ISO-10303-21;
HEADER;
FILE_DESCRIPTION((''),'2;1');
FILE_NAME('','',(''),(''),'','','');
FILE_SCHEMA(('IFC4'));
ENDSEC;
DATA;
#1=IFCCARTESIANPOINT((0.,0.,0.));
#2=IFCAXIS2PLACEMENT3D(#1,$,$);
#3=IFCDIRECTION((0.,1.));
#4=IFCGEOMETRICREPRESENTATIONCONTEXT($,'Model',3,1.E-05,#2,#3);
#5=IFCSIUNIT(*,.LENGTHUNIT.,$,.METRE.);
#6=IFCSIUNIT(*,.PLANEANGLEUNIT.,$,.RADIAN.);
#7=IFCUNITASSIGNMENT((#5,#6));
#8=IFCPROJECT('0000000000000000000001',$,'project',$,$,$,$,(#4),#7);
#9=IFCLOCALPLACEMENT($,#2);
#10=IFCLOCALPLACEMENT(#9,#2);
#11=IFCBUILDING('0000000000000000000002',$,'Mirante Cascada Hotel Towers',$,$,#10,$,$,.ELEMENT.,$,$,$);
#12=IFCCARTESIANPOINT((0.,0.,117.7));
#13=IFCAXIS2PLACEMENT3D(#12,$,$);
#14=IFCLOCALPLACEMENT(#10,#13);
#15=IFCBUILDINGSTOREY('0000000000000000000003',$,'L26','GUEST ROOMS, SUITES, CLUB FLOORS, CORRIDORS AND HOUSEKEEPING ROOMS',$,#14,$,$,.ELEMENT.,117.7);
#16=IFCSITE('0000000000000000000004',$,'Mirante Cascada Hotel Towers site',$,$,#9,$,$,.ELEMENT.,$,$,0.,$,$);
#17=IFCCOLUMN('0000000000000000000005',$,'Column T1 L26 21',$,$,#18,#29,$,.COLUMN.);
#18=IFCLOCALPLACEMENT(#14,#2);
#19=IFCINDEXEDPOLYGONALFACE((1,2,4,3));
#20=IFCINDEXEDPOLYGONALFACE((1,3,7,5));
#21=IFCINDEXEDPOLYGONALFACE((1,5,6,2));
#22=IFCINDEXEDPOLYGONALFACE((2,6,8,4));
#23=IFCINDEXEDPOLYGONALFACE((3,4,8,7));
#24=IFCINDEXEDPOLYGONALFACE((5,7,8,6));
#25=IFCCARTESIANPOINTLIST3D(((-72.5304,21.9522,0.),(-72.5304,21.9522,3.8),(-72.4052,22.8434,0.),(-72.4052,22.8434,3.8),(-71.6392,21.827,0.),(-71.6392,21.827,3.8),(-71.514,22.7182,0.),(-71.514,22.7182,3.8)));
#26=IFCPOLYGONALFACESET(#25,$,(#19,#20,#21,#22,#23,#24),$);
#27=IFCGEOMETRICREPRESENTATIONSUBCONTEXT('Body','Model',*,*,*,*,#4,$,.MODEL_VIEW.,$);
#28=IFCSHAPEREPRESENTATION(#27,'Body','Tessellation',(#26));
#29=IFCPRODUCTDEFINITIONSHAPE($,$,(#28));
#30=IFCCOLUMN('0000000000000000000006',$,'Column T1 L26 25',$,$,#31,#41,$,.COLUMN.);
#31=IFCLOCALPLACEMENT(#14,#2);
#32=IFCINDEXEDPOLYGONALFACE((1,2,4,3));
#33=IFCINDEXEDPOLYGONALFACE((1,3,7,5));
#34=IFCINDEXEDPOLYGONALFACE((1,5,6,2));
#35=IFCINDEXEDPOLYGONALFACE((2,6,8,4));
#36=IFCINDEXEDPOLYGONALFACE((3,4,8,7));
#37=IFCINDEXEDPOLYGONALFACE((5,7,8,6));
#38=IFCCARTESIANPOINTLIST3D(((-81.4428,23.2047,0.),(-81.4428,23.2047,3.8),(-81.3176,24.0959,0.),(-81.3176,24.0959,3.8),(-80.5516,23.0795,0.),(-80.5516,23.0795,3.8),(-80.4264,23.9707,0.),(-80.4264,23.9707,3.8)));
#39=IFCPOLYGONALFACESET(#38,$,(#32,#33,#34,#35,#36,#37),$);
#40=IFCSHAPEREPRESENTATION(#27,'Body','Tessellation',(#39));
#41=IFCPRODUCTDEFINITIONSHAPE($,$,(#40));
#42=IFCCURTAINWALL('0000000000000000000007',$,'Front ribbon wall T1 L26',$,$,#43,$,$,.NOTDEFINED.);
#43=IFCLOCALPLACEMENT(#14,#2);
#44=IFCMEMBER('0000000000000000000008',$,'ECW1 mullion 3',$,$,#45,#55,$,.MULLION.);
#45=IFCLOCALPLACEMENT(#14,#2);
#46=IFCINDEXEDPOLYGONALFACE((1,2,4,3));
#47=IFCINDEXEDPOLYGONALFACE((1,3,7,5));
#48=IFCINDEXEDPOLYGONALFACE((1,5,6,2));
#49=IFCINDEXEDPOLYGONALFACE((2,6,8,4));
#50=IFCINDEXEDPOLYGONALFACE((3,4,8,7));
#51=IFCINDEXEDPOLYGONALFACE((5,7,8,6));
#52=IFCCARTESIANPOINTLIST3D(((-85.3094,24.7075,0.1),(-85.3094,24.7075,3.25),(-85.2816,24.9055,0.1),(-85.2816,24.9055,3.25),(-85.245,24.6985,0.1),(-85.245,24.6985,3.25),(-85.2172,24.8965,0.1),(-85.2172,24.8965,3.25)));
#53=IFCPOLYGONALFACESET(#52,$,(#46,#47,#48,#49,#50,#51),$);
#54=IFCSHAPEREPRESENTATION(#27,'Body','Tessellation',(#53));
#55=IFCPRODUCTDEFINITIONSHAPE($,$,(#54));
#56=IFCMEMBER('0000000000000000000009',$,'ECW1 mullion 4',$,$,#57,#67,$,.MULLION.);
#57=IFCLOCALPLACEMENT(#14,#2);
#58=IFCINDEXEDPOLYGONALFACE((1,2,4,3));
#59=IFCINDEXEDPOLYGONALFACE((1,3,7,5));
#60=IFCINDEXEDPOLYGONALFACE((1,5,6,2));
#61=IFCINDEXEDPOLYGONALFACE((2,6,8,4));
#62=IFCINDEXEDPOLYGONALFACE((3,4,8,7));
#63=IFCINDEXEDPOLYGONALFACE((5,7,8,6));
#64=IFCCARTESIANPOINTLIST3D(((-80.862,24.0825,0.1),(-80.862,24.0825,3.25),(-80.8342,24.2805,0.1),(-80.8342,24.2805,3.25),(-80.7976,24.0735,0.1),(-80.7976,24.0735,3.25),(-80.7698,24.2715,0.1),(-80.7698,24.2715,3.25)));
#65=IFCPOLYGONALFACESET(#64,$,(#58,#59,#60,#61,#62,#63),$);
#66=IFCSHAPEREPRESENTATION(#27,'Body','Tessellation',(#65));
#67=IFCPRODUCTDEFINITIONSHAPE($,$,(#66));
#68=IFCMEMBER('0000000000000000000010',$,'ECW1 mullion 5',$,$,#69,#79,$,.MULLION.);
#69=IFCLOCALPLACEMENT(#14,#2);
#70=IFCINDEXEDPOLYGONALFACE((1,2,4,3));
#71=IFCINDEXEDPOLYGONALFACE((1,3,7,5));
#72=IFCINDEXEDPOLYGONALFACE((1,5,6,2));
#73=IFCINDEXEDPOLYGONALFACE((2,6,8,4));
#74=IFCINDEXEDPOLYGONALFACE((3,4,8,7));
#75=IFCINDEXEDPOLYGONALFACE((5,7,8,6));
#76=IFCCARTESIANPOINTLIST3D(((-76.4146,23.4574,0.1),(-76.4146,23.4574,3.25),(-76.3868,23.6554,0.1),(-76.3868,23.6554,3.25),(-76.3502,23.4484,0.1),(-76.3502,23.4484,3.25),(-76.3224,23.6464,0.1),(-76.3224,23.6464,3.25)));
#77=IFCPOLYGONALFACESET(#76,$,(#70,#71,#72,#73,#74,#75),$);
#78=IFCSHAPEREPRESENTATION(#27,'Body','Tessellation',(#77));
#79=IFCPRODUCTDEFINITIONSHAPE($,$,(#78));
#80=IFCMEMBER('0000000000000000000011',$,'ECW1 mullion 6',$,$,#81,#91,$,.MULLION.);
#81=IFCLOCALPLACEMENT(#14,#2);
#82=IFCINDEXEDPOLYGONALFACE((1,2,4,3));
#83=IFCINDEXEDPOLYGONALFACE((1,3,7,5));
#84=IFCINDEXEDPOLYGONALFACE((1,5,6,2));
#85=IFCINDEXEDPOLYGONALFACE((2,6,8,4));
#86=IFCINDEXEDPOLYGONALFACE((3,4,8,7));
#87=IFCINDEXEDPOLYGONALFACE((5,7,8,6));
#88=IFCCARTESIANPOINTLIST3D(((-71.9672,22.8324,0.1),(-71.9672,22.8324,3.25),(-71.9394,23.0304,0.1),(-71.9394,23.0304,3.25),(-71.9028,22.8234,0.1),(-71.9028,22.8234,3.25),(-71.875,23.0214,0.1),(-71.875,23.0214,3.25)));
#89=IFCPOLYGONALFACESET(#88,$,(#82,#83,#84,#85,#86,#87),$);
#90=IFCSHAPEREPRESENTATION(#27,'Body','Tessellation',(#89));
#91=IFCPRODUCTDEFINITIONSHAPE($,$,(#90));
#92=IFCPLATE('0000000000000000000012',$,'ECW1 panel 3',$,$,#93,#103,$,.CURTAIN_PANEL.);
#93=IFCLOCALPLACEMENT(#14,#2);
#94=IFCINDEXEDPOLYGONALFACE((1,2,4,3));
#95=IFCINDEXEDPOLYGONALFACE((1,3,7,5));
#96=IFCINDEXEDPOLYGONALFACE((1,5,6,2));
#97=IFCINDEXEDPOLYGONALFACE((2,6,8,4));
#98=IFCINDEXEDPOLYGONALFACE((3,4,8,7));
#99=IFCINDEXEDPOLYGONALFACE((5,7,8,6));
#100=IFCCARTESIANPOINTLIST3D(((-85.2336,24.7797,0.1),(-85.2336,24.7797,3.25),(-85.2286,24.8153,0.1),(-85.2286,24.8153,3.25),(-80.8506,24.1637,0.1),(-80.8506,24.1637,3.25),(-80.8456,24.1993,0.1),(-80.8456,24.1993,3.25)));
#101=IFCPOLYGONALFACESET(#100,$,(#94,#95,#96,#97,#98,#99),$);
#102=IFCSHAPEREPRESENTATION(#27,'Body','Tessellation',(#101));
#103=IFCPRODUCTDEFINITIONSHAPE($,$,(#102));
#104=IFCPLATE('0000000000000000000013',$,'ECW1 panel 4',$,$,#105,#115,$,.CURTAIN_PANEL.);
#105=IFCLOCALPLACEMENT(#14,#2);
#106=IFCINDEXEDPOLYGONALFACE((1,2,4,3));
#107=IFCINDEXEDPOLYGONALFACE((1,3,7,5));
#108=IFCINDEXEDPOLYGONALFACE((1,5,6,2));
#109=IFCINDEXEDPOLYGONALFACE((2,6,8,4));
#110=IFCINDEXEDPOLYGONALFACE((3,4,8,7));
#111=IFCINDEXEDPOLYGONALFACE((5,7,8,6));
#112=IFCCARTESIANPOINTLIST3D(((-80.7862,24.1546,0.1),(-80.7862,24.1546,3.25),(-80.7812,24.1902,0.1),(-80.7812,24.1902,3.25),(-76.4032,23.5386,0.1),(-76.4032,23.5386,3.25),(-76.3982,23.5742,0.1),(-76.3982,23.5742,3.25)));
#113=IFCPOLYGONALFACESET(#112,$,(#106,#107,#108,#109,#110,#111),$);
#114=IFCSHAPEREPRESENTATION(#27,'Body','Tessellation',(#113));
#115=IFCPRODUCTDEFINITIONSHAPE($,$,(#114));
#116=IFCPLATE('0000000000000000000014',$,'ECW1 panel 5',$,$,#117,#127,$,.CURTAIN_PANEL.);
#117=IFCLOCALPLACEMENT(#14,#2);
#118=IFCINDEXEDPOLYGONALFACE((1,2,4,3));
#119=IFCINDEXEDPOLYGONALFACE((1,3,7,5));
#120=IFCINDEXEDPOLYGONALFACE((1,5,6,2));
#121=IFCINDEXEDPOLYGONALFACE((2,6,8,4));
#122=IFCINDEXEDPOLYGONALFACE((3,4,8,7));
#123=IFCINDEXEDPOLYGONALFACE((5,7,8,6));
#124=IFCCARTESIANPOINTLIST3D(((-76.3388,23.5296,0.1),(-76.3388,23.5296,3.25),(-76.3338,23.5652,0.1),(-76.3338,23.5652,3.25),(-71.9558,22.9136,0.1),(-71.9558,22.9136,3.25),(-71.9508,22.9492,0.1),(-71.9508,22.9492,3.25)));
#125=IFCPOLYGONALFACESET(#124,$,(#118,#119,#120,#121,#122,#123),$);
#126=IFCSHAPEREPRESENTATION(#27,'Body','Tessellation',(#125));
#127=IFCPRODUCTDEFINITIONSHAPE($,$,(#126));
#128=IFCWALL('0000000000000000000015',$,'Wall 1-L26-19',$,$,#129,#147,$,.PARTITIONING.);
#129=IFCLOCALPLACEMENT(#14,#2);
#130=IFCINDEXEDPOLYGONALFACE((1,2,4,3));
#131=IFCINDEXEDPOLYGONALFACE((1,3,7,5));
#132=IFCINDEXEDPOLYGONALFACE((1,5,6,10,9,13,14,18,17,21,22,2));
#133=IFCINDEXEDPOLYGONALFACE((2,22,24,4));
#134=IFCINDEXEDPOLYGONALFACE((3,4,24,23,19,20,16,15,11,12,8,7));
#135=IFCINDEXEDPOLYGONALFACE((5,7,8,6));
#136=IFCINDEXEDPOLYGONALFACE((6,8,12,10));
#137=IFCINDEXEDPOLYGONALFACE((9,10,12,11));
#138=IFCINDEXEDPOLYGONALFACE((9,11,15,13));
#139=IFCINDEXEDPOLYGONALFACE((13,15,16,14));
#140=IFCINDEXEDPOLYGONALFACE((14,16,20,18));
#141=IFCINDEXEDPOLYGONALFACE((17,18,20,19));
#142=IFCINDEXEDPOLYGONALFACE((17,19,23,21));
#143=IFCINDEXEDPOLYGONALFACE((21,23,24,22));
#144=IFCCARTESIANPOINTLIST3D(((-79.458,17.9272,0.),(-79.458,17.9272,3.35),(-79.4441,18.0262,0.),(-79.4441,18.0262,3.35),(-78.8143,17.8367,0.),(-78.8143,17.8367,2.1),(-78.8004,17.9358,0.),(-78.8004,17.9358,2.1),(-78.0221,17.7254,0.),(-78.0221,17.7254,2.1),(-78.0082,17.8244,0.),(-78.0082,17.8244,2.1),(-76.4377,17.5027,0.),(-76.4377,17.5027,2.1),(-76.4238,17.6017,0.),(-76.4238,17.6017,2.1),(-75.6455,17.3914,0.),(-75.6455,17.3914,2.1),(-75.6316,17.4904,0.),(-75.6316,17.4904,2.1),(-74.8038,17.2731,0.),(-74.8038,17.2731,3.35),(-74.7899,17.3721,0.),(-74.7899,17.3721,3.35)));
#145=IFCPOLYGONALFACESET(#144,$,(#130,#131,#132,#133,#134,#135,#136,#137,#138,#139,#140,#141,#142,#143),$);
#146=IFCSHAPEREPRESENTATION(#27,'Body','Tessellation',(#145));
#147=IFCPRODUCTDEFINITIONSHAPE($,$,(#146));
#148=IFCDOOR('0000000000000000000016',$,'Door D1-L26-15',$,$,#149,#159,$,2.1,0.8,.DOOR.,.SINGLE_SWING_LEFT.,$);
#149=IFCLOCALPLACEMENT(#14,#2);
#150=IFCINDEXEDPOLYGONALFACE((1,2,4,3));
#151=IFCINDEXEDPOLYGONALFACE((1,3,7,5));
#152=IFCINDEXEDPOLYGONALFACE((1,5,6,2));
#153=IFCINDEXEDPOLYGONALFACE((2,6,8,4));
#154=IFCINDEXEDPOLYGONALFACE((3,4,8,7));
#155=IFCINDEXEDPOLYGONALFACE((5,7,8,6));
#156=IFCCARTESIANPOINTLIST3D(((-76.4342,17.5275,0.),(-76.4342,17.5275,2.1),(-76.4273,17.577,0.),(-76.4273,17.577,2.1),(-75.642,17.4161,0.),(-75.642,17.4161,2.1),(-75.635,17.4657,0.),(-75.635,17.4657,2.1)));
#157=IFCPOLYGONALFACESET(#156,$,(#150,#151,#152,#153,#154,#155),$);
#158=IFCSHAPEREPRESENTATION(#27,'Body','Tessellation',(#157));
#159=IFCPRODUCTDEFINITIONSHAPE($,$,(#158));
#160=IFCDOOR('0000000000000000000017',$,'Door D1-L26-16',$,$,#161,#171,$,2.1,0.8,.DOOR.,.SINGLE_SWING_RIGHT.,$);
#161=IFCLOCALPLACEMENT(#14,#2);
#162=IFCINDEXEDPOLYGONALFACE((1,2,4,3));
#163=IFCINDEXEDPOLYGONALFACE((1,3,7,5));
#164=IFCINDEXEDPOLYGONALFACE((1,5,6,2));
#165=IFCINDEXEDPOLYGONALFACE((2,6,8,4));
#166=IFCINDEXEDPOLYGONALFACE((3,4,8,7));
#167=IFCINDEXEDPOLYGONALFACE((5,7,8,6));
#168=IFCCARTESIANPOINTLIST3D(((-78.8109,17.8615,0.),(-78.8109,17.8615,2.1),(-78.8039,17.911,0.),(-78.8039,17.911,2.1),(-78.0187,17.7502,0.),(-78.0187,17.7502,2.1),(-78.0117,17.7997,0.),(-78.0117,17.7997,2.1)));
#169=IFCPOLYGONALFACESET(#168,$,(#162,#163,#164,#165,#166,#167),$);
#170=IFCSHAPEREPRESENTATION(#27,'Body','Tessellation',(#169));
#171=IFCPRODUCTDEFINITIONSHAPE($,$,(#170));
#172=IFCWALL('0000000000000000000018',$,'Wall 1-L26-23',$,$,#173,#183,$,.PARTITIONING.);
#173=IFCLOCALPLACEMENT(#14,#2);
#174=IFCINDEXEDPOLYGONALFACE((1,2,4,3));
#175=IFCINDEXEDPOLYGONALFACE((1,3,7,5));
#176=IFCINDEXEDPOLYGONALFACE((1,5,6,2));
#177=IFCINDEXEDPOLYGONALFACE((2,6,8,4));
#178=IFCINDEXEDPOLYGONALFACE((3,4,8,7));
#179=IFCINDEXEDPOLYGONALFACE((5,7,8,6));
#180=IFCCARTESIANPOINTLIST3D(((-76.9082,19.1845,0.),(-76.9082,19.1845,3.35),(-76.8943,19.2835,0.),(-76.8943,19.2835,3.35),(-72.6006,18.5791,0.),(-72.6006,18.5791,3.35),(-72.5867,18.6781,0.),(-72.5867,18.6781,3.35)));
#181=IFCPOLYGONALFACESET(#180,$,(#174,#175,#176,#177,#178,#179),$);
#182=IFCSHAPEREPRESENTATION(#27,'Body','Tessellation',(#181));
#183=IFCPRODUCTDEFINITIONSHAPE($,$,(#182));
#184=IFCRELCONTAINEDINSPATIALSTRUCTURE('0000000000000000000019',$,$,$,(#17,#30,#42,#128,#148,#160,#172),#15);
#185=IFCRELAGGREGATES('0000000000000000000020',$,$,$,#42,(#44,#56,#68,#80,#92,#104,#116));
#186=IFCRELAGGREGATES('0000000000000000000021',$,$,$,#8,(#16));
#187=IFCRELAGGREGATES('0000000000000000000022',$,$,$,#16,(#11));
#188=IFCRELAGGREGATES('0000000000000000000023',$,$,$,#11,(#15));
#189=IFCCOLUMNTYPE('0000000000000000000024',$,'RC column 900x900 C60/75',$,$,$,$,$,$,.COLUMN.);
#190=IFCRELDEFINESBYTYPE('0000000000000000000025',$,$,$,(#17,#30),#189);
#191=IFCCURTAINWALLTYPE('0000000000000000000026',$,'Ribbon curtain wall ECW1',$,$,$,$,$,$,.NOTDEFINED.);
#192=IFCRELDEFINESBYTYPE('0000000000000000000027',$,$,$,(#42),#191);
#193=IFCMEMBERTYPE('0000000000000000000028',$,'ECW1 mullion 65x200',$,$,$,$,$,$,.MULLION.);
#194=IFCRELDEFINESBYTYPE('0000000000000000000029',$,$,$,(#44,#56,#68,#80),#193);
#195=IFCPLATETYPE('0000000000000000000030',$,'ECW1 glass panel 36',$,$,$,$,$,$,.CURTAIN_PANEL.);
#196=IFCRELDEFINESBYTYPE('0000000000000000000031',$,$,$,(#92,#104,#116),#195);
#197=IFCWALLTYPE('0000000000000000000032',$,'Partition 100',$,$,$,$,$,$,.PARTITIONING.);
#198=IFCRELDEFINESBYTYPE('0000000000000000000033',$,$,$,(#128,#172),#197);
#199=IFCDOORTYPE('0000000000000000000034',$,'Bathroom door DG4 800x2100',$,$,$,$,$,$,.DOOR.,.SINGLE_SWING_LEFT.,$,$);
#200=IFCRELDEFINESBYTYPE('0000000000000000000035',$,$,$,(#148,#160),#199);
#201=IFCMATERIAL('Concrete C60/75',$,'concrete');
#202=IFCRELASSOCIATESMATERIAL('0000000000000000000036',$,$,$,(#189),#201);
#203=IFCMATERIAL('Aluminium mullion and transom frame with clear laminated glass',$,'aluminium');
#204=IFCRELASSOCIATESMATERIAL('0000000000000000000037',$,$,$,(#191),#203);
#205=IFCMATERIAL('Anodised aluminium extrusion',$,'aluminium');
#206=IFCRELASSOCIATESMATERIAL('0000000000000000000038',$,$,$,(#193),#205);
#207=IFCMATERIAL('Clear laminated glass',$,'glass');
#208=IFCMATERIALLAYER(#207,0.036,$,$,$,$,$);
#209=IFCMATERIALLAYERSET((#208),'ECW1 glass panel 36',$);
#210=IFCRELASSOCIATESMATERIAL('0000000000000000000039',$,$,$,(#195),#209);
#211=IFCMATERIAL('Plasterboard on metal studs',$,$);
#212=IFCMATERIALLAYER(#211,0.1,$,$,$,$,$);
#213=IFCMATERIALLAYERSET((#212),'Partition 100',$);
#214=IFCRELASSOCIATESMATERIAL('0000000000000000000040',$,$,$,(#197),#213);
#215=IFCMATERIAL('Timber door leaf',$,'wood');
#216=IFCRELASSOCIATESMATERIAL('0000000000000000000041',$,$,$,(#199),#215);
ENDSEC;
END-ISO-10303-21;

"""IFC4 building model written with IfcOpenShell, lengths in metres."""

from ifc_helpers import new_model, si_unit, direction, frame, frame_2d, origin, origin_2d, place, context, subcontext, project, spatial, rectangle, extrude, material, layer, layer_set, material_profile, profile_set, type_object, element, fill, aggregate, save


model = new_model("IFC4")

# Units and contexts
model_context = context("Model", 3, precision=1e-05, world=origin(), true_north=direction((0.0, 1.0)))
body_context = subcontext(model_context, "Body", "Model", "MODEL_VIEW")
ifc_project = project(units=[si_unit("LENGTHUNIT", "METRE"), si_unit("PLANEANGLEUNIT", "RADIAN")], contexts=[model_context])

# Site, building, storey
site_placement = place(None, origin())
site = spatial("IfcSite", under=ifc_project, at=site_placement, Name="Mirante Cascada Hotel Towers site", CompositionType="ELEMENT", RefElevation=0.0)
building_placement = place(site_placement, origin())
building = spatial("IfcBuilding", under=site, at=building_placement, Name="Mirante Cascada Hotel Towers", CompositionType="ELEMENT")
storey_placement = place(building_placement, frame((0.0, 0.0, 117.7)))
storey = spatial("IfcBuildingStorey", under=building, at=storey_placement, Name="L26", Description="GUEST ROOMS, SUITES, CLUB FLOORS, CORRIDORS AND HOUSEKEEPING ROOMS", CompositionType="ELEMENT", Elevation=117.7)

# Columns
ifc_material_1 = material(Name="Concrete C60/75", Category="concrete")
ifc_material_profile_1 = material_profile(ifc_material_1, rectangle(XDim=0.9, YDim=0.9, at=origin_2d()), Name="RC column 900x900 C60/75")
ifc_profile_set_1 = profile_set([ifc_material_profile_1], Name="Concrete C60/75")
column_type = type_object("IfcColumnType", Name="RC column 900x900 C60/75", PredefinedType="COLUMN", material=ifc_profile_set_1)
for number, where, z_axis, x_axis, name in (
    (1, (-72.0222, 22.3352, 0.0), (0.0, 0.0, 1.0), (-0.990268, 0.139173, 0.0), "Column T1 L26 21"),
    (2, (-80.9346, 23.5877, 0.0), (0.0, 0.0, 1.0), (-0.990268, 0.139173, 0.0), "Column T1 L26 25"),
):
    element("IfcColumn", number, at=place(storey_placement, frame(where, z_axis=z_axis, x_axis=x_axis)), inside=storey, type_object=column_type, Name=name, PredefinedType="COLUMN", context=body_context, shape_type="SweptSolid", body=[
        extrude(rectangle(XDim=0.9, YDim=0.9, at=origin_2d()), origin(), (0.0, 0.0, 1.0), 3.8),
    ])

# Curtain wall, members, plates
ifc_material_2 = material(Name="Aluminium mullion and transom frame with clear laminated glass", Category="aluminium")
curtain_wall_type = type_object("IfcCurtainWallType", Name="Ribbon curtain wall ECW1", PredefinedType="NOTDEFINED", material=ifc_material_2)
curtain_wall_placement = place(storey_placement, origin())
curtain_wall = element("IfcCurtainWall", 3, at=curtain_wall_placement, inside=storey, type_object=curtain_wall_type, Name="Front ribbon wall T1 L26", PredefinedType="NOTDEFINED")
ifc_material_3 = material(Name="Anodised aluminium extrusion", Category="aluminium")
ifc_material_profile_2 = material_profile(ifc_material_3, rectangle(XDim=0.2, YDim=0.065, at=origin_2d()), Name="ECW1 MULLION 65x200")
ifc_profile_set_2 = profile_set([ifc_material_profile_2], Name="Anodised aluminium extrusion")
member_type = type_object("IfcMemberType", Name="ECW1 mullion 65x200", PredefinedType="MULLION", material=ifc_profile_set_2)
member_1_placement = place(storey_placement, frame((-85.2633, 24.802, 0.1), z_axis=(0.0, 0.0, 1.0), x_axis=(0.139173, 0.990268, 0.0)))
member_1 = element("IfcMember", 4, at=member_1_placement, type_object=member_type, Name="ECW1 mullion 3", PredefinedType="MULLION", context=body_context, shape_type="SweptSolid", body=[
    extrude(rectangle(XDim=0.2, YDim=0.065, at=origin_2d()), origin(), (0.0, 0.0, 1.0), 3.15),
])
member_2_placement = place(storey_placement, frame((-80.8159, 24.177, 0.1), z_axis=(0.0, 0.0, 1.0), x_axis=(0.139173, 0.990268, 0.0)))
member_2 = element("IfcMember", 5, at=member_2_placement, type_object=member_type, Name="ECW1 mullion 4", PredefinedType="MULLION", context=body_context, shape_type="SweptSolid", body=[
    extrude(rectangle(XDim=0.2, YDim=0.065, at=origin_2d()), origin(), (0.0, 0.0, 1.0), 3.15),
])
member_3_placement = place(storey_placement, frame((-76.3685, 23.5519, 0.1), z_axis=(0.0, 0.0, 1.0), x_axis=(0.139173, 0.990268, 0.0)))
member_3 = element("IfcMember", 6, at=member_3_placement, type_object=member_type, Name="ECW1 mullion 5", PredefinedType="MULLION", context=body_context, shape_type="SweptSolid", body=[
    extrude(rectangle(XDim=0.2, YDim=0.065, at=origin_2d()), origin(), (0.0, 0.0, 1.0), 3.15),
])
member_4_placement = place(storey_placement, frame((-71.9211, 22.9269, 0.1), z_axis=(0.0, 0.0, 1.0), x_axis=(0.139173, 0.990268, 0.0)))
member_4 = element("IfcMember", 7, at=member_4_placement, type_object=member_type, Name="ECW1 mullion 6", PredefinedType="MULLION", context=body_context, shape_type="SweptSolid", body=[
    extrude(rectangle(XDim=0.2, YDim=0.065, at=origin_2d()), origin(), (0.0, 0.0, 1.0), 3.15),
])
ifc_material_4 = material(Name="Clear laminated glass", Category="glass")
ifc_layer_1 = layer(ifc_material_4, 0.036)
ifc_layer_set_1 = layer_set([ifc_layer_1], Name="ECW1 glass panel 36")
plate_type = type_object("IfcPlateType", Name="ECW1 glass panel 36", PredefinedType="CURTAIN_PANEL", material=ifc_layer_set_1)
plate_1_placement = place(storey_placement, frame((-83.0396, 24.4895, 0.1), z_axis=(0.0, 0.0, 1.0), x_axis=(0.990268, -0.139173, 0.0)))
plate_1 = element("IfcPlate", 8, at=plate_1_placement, type_object=plate_type, Name="ECW1 panel 3", PredefinedType="CURTAIN_PANEL", context=body_context, shape_type="SweptSolid", body=[
    extrude(rectangle(XDim=4.4261, YDim=0.036, at=origin_2d()), origin(), (0.0, 0.0, 1.0), 3.15),
])
plate_2_placement = place(storey_placement, frame((-78.5922, 23.8644, 0.1), z_axis=(0.0, 0.0, 1.0), x_axis=(0.990268, -0.139173, 0.0)))
plate_2 = element("IfcPlate", 9, at=plate_2_placement, type_object=plate_type, Name="ECW1 panel 4", PredefinedType="CURTAIN_PANEL", context=body_context, shape_type="SweptSolid", body=[
    extrude(rectangle(XDim=4.4261, YDim=0.036, at=origin_2d()), origin(), (0.0, 0.0, 1.0), 3.15),
])
plate_3_placement = place(storey_placement, frame((-74.1448, 23.2394, 0.1), z_axis=(0.0, 0.0, 1.0), x_axis=(0.990268, -0.139173, 0.0)))
plate_3 = element("IfcPlate", 10, at=plate_3_placement, type_object=plate_type, Name="ECW1 panel 5", PredefinedType="CURTAIN_PANEL", context=body_context, shape_type="SweptSolid", body=[
    extrude(rectangle(XDim=4.4261, YDim=0.036, at=origin_2d()), origin(), (0.0, 0.0, 1.0), 3.15),
])
aggregate(curtain_wall, [member_1, member_2, member_3, member_4, plate_1, plate_2, plate_3])

# Wall, openings, doors
ifc_material_5 = material(Name="Plasterboard on metal studs")
ifc_layer_2 = layer(ifc_material_5, 0.1)
ifc_layer_set_2 = layer_set([ifc_layer_2], Name="Partition 100")
wall_type = type_object("IfcWallType", Name="Partition 100", PredefinedType="PARTITIONING", material=ifc_layer_set_2)
wall_1_placement = place(storey_placement, frame((-74.7968, 17.3226, 0.0), z_axis=(0.0, 0.0, 1.0), x_axis=(-0.990268, 0.139172, 0.0)))
wall_1 = element("IfcWall", 11, at=wall_1_placement, inside=storey, type_object=wall_type, Name="Wall 1-L26-19", PredefinedType="PARTITIONING", context=body_context, shape_type="SweptSolid", body=[
    extrude(rectangle(XDim=4.6999, YDim=0.1, at=frame_2d((2.35, 0.0))), origin(), (0.0, 0.0, 1.0), 3.35),
])
opening_1_placement = place(wall_1_placement, frame((0.85, 0.0, 0.0)))
opening_1 = element("IfcOpeningElement", 12, at=opening_1_placement, cuts=wall_1, PredefinedType="OPENING", context=body_context, shape_type="SweptSolid", body=[
    extrude(rectangle(XDim=0.8, YDim=2.1, at=frame_2d((0.4, 1.05))), frame((0.0, 0.05, 0.0), z_axis=(0.0, -1.0, 0.0), x_axis=(1.0, 0.0, 0.0)), (0.0, 0.0, 1.0), 0.1),
])
opening_2_placement = place(wall_1_placement, frame((3.25, 0.0, 0.0)))
opening_2 = element("IfcOpeningElement", 13, at=opening_2_placement, cuts=wall_1, PredefinedType="OPENING", context=body_context, shape_type="SweptSolid", body=[
    extrude(rectangle(XDim=0.8, YDim=2.1, at=frame_2d((0.4, 1.05))), frame((0.0, 0.05, 0.0), z_axis=(0.0, -1.0, 0.0), x_axis=(1.0, 0.0, 0.0)), (0.0, 0.0, 1.0), 0.1),
])
ifc_material_6 = material(Name="Timber door leaf", Category="wood")
door_type = type_object("IfcDoorType", Name="Bathroom door DG4 800x2100", OperationType="SINGLE_SWING_LEFT", PredefinedType="DOOR", material=ifc_material_6)
door_1_placement = place(opening_1_placement, origin())
door_1 = element("IfcDoor", 14, at=door_1_placement, inside=storey, type_object=door_type, Name="Door D1-L26-15", OperationType="SINGLE_SWING_LEFT", OverallHeight=2.1, OverallWidth=0.8, PredefinedType="DOOR", context=body_context, shape_type="SweptSolid", body=[
    extrude(rectangle(XDim=0.8, YDim=2.1, at=frame_2d((0.4, 1.05))), frame((0.0, 0.025, 0.0), z_axis=(0.0, -1.0, 0.0), x_axis=(1.0, 0.0, 0.0)), (0.0, 0.0, 1.0), 0.05),
])
fill(opening_1, door_1)
door_2_placement = place(opening_2_placement, frame((0.8, 0.0, 0.0), z_axis=(0.0, 0.0, 1.0), x_axis=(-1.0, 0.0, 0.0)))
door_2 = element("IfcDoor", 15, at=door_2_placement, inside=storey, type_object=door_type, Name="Door D1-L26-16", OperationType="SINGLE_SWING_RIGHT", OverallHeight=2.1, OverallWidth=0.8, PredefinedType="DOOR", context=body_context, shape_type="SweptSolid", body=[
    extrude(rectangle(XDim=0.8, YDim=2.1, at=frame_2d((0.4, 1.05))), frame((0.0, 0.025, 0.0), z_axis=(0.0, -1.0, 0.0), x_axis=(1.0, 0.0, 0.0)), (0.0, 0.0, 1.0), 0.05),
])
fill(opening_2, door_2)

# Wall
wall_2_placement = place(storey_placement, frame((-72.5936, 18.6286, 0.0), z_axis=(0.0, 0.0, 1.0), x_axis=(-0.990268, 0.139175, 0.0)))
element("IfcWall", 16, at=wall_2_placement, inside=storey, type_object=wall_type, Name="Wall 1-L26-23", PredefinedType="PARTITIONING", context=body_context, shape_type="SweptSolid", body=[
    extrude(rectangle(XDim=4.3499, YDim=0.1, at=frame_2d((2.175, 0.0))), origin(), (0.0, 0.0, 1.0), 3.35),
])

save(model, "model.ifc")
